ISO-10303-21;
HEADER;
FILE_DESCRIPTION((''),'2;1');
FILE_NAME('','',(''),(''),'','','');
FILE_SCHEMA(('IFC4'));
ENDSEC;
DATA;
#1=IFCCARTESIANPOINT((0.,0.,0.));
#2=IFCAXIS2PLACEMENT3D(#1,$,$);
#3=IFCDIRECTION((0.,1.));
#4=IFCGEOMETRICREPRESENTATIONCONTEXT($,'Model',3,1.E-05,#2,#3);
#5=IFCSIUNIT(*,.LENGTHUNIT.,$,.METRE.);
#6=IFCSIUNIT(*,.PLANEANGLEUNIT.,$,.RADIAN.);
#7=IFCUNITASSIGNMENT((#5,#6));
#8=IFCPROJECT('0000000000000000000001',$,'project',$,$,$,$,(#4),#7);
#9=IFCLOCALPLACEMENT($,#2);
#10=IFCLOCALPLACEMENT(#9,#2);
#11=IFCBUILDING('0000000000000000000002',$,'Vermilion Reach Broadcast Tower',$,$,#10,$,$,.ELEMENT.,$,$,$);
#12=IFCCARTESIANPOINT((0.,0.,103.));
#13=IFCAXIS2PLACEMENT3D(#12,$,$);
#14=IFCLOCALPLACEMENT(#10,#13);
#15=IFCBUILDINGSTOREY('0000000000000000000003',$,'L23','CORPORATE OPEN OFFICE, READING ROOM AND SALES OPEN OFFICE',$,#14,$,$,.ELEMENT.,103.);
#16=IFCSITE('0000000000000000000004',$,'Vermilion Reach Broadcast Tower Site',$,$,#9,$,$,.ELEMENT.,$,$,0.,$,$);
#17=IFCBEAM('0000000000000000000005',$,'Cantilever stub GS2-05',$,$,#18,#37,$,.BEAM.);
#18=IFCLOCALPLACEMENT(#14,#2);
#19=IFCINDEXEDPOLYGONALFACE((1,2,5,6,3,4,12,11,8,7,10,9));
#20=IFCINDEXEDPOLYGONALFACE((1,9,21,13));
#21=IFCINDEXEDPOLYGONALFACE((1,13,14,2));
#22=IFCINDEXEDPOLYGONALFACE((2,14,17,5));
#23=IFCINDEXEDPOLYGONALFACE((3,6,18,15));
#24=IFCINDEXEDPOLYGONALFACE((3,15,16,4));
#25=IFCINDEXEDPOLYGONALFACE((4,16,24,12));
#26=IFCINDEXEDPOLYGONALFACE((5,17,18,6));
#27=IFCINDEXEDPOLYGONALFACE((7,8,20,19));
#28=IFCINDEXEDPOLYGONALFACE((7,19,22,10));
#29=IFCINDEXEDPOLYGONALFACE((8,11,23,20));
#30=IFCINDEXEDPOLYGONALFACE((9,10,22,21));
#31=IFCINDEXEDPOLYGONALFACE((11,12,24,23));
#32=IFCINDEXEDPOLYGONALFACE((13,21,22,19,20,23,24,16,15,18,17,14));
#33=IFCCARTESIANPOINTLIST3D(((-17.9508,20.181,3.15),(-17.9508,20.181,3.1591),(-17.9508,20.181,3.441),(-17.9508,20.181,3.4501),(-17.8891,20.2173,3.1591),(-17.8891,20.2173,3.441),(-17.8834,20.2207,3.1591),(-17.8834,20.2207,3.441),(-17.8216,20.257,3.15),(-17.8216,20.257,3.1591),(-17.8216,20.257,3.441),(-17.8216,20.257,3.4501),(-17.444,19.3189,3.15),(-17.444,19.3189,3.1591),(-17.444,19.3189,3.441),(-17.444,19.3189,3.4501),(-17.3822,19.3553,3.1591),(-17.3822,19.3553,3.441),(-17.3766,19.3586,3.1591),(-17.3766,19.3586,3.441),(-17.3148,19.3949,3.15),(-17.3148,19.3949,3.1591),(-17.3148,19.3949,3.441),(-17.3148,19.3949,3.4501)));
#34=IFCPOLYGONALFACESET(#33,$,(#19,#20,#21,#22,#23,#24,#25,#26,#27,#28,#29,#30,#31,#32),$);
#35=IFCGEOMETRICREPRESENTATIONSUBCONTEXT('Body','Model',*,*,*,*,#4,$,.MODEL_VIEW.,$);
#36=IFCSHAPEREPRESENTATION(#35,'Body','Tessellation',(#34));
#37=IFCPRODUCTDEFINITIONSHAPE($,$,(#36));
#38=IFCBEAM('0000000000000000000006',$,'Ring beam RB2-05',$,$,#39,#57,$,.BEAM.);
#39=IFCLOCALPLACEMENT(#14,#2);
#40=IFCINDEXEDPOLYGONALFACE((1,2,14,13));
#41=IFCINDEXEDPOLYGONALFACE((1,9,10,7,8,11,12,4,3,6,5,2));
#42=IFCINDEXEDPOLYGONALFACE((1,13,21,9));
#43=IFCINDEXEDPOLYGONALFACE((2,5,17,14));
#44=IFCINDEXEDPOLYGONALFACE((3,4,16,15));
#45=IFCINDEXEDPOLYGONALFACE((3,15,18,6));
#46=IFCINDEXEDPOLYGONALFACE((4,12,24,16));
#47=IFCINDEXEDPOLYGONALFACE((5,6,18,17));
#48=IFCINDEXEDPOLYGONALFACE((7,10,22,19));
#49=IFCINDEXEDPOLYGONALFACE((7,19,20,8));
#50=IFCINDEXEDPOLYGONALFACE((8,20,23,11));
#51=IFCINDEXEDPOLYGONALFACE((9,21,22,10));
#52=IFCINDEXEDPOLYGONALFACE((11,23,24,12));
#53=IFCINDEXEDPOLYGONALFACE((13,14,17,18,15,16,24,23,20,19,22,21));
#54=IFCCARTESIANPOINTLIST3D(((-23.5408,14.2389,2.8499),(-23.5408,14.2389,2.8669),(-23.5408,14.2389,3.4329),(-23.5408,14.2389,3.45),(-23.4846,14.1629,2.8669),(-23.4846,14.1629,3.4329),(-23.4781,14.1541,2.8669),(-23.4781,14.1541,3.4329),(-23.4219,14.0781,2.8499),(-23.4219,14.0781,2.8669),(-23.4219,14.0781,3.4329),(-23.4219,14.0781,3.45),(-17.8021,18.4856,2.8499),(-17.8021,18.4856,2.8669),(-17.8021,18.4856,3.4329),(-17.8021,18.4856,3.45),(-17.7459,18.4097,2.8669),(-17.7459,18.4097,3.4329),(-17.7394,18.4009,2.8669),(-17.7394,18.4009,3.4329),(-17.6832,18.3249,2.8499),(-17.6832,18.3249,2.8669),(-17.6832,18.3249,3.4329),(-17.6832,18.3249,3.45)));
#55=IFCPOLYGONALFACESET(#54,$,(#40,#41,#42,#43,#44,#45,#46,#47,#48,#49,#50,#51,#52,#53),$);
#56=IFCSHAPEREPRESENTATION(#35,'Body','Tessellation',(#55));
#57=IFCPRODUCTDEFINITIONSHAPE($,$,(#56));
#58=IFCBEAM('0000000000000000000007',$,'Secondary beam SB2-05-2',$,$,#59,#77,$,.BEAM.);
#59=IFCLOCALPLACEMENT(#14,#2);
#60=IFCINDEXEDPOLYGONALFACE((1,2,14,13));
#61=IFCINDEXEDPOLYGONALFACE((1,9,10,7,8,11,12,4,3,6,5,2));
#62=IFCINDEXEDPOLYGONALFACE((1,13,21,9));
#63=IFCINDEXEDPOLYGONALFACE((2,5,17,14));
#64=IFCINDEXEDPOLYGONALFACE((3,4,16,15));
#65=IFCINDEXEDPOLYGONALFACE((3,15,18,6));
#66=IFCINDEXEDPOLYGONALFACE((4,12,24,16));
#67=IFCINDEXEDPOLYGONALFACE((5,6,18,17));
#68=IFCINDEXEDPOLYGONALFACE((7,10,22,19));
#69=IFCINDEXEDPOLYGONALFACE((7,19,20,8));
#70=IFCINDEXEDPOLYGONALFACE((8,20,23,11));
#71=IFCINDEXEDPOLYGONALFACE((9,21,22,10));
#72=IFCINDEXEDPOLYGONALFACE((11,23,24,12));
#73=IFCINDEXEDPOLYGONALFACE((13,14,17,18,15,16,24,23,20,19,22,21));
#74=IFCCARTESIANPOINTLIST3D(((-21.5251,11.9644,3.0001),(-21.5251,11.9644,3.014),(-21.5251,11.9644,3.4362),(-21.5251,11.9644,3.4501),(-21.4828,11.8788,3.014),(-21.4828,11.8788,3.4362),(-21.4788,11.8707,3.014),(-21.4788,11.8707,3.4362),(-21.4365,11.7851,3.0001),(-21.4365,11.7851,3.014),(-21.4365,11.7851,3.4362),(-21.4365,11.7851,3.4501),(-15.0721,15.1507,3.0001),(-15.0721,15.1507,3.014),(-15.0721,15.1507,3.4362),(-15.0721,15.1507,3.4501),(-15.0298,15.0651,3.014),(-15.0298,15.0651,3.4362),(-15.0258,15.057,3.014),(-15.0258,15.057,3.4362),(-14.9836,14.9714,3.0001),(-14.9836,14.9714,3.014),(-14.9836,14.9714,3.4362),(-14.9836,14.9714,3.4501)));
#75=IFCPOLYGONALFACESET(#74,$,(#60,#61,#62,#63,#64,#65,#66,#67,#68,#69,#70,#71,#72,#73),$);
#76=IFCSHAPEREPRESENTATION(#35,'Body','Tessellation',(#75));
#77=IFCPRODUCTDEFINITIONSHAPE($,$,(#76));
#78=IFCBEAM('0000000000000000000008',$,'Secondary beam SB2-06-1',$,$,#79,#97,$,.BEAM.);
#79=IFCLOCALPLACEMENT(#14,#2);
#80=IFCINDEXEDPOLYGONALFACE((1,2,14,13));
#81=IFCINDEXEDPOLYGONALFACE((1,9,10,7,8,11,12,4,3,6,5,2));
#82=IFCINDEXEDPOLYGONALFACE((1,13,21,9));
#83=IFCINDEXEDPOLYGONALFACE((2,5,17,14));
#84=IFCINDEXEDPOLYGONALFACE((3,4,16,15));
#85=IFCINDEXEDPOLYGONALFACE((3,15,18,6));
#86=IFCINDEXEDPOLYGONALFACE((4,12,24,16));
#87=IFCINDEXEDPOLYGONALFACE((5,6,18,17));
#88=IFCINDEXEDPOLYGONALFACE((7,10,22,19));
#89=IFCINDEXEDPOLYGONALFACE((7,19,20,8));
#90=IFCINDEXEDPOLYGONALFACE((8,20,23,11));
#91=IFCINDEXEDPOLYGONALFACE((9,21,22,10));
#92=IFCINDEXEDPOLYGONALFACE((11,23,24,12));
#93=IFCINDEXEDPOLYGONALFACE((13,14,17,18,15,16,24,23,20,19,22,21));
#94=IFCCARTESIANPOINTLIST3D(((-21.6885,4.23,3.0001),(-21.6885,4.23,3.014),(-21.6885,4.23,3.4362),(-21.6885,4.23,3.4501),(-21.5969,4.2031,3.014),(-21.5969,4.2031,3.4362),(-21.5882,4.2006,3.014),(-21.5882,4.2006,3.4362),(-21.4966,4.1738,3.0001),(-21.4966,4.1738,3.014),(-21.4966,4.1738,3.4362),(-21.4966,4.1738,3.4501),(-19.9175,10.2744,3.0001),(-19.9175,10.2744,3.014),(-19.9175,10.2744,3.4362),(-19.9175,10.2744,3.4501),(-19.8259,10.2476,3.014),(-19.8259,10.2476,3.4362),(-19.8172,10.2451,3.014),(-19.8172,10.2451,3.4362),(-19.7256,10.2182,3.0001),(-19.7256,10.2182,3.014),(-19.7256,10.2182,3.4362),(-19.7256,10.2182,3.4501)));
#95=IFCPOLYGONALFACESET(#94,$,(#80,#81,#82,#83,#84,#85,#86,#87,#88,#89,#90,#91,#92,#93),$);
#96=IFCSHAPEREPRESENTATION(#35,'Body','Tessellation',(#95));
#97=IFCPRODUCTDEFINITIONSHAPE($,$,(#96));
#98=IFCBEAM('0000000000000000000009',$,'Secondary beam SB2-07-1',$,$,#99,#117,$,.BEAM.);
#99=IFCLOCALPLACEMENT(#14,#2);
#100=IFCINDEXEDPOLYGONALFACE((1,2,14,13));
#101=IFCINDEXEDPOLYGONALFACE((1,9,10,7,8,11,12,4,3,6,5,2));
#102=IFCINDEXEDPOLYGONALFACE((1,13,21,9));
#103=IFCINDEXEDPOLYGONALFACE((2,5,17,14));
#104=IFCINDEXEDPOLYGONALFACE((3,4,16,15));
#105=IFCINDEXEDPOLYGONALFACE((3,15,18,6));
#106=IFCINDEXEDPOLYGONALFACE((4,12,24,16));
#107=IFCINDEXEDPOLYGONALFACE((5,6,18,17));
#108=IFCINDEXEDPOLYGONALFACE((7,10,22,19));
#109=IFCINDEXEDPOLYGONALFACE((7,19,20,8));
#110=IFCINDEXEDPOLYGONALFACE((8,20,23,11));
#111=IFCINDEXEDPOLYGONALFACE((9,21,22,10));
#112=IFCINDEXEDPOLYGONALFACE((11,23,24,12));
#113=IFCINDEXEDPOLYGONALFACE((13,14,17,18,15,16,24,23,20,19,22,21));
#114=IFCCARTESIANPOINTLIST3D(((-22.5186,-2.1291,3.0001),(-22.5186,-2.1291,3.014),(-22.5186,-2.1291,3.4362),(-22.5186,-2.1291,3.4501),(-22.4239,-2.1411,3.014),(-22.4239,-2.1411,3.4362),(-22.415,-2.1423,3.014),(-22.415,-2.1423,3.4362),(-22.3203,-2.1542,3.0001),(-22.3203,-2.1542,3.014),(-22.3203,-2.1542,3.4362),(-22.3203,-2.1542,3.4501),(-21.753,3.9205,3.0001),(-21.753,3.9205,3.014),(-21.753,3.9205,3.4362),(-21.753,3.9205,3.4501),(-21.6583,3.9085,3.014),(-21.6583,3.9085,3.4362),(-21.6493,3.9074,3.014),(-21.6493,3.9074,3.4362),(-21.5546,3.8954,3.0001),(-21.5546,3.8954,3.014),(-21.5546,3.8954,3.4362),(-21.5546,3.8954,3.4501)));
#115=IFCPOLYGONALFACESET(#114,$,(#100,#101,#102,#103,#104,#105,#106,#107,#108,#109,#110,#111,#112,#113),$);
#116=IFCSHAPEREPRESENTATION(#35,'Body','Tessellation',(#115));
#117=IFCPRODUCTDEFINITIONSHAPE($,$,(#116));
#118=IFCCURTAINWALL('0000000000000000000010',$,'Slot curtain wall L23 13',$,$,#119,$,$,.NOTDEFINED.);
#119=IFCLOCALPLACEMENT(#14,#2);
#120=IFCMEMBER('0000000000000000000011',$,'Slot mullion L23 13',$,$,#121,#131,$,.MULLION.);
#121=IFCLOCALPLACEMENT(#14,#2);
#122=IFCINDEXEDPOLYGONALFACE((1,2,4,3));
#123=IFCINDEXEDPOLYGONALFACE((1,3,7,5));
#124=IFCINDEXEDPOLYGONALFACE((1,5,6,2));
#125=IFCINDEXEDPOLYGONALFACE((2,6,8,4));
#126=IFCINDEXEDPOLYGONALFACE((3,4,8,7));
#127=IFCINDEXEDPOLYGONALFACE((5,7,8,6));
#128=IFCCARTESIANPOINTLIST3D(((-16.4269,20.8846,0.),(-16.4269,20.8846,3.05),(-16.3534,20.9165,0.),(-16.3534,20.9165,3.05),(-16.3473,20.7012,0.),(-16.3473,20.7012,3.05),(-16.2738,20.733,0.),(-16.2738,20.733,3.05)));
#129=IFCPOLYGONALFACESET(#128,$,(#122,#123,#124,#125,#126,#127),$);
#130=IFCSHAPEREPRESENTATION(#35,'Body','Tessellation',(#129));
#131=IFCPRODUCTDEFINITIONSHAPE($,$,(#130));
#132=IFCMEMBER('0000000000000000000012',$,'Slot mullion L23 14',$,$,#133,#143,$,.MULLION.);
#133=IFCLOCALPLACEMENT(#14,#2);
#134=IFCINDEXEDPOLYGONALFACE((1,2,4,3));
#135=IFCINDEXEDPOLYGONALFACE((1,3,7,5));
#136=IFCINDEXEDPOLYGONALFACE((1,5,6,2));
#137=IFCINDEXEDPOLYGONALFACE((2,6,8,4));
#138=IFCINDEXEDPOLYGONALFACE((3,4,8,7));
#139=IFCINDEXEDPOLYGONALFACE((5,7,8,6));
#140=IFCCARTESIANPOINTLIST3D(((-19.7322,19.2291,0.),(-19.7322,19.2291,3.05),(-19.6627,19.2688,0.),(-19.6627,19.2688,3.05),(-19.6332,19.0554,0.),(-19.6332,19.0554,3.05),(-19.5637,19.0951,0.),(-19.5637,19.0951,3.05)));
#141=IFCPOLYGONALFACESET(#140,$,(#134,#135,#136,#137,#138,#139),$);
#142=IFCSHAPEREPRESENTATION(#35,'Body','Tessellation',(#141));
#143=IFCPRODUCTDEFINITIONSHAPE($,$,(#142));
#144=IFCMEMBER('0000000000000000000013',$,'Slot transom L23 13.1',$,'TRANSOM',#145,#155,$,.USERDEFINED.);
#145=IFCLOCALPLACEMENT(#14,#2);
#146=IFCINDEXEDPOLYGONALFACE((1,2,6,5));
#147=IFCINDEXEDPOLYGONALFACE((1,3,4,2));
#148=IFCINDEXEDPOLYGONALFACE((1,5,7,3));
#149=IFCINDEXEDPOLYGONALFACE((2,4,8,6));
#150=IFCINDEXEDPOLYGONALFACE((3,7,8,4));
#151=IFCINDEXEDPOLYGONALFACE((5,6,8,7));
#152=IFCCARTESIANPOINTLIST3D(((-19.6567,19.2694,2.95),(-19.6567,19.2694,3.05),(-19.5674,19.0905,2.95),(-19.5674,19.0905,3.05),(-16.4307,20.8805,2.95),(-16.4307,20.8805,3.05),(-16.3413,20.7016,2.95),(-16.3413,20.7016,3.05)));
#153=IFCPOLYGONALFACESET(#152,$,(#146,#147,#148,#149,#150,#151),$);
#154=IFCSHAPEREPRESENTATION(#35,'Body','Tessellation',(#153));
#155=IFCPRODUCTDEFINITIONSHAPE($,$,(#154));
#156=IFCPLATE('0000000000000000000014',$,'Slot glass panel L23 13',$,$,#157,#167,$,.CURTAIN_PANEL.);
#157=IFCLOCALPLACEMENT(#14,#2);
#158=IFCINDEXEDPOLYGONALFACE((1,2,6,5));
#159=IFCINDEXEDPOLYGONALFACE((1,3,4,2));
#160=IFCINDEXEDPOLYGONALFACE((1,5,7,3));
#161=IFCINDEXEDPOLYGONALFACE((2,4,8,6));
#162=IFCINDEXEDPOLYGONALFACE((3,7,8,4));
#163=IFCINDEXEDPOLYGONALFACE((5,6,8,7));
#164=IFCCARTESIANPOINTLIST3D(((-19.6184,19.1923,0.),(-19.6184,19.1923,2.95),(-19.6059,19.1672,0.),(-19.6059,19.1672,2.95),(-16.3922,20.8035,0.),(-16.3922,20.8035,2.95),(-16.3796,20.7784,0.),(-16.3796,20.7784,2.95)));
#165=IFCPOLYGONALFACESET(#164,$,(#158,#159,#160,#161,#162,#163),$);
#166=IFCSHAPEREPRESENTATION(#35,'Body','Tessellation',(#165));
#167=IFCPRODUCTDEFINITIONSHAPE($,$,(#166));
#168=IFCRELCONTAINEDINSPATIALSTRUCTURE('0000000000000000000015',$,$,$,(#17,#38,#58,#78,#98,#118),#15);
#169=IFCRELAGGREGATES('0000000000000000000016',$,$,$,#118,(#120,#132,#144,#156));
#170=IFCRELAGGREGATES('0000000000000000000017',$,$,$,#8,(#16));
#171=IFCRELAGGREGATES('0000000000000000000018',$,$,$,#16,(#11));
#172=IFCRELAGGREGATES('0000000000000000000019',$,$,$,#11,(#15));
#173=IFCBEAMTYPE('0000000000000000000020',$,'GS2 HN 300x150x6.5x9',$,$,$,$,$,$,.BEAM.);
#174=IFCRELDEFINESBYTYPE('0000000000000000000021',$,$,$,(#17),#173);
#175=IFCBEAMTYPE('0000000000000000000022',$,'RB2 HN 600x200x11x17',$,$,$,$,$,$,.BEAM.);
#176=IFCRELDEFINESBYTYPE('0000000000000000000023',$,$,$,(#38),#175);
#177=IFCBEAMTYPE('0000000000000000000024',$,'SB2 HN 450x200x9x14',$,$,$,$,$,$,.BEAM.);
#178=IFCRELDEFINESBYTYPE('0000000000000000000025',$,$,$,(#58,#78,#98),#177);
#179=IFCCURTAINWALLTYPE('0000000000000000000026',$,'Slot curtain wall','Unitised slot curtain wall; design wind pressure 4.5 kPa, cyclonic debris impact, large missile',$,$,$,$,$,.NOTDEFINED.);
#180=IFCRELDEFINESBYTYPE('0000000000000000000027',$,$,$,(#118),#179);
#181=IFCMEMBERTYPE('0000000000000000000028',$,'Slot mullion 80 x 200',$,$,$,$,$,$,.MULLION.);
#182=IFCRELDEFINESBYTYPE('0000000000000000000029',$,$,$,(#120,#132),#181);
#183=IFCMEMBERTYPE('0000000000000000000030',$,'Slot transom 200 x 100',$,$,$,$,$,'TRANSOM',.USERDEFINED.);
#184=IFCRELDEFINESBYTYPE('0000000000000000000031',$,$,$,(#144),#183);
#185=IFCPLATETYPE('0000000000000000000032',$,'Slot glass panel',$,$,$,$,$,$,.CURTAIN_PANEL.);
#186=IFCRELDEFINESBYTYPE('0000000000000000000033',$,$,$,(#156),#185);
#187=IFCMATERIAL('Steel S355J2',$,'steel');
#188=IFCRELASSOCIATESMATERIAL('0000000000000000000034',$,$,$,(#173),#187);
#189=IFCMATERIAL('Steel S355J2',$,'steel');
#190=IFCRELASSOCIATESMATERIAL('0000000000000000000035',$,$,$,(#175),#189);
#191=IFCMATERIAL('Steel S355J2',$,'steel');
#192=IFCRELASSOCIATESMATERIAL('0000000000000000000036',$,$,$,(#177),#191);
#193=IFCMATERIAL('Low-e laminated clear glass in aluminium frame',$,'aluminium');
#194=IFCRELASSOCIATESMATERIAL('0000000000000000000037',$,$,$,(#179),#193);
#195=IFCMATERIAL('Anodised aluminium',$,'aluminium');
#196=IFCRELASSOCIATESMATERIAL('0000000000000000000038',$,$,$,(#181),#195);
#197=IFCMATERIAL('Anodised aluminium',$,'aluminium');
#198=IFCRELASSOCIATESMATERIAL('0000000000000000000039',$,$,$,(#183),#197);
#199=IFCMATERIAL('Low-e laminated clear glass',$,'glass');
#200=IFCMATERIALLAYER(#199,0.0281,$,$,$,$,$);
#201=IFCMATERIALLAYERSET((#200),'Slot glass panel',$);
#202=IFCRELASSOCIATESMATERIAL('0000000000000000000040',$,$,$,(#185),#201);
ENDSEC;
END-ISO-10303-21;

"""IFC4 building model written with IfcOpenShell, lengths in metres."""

from ifc_helpers import new_model, si_unit, direction, frame, origin, origin_2d, place, context, subcontext, project, spatial, rectangle, i_section, extrude, material, layer, layer_set, material_profile, profile_set, type_object, element, aggregate, save


model = new_model("IFC4")

# Units and contexts
model_context = context("Model", 3, precision=1e-05, world=origin(), true_north=direction((0.0, 1.0)))
body_context = subcontext(model_context, "Body", "Model", "MODEL_VIEW")
ifc_project = project(units=[si_unit("LENGTHUNIT", "METRE"), si_unit("PLANEANGLEUNIT", "RADIAN")], contexts=[model_context])

# Site, building, storey
site_placement = place(None, origin())
site = spatial("IfcSite", under=ifc_project, at=site_placement, Name="Vermilion Reach Broadcast Tower Site", CompositionType="ELEMENT", RefElevation=0.0)
building_placement = place(site_placement, origin())
building = spatial("IfcBuilding", under=site, at=building_placement, Name="Vermilion Reach Broadcast Tower", CompositionType="ELEMENT")
storey_placement = place(building_placement, frame((0.0, 0.0, 103.0)))
storey = spatial("IfcBuildingStorey", under=building, at=storey_placement, Name="L23", Description="CORPORATE OPEN OFFICE, READING ROOM AND SALES OPEN OFFICE", CompositionType="ELEMENT", Elevation=103.0)

# Beams
ifc_material_1 = material(Name="Steel S355J2", Category="steel")
ifc_material_profile_1 = material_profile(ifc_material_1, i_section(OverallWidth=0.1499, OverallDepth=0.3, WebThickness=0.0066, FlangeThickness=0.009, at=origin_2d()), Name="S355J2 HN 300x150x6.5x9")
ifc_profile_set_1 = profile_set([ifc_material_profile_1], Name="Steel S355J2")
beam_type_1 = type_object("IfcBeamType", Name="GS2 HN 300x150x6.5x9", PredefinedType="BEAM", material=ifc_profile_set_1)
beam_1_placement = place(storey_placement, frame((-17.3794, 19.3569, 3.3), z_axis=(-0.506828, 0.862047, 0.0), x_axis=(-0.862047, -0.506828, 0.0)))
element("IfcBeam", 1, at=beam_1_placement, inside=storey, type_object=beam_type_1, Name="Cantilever stub GS2-05", PredefinedType="BEAM", context=body_context, shape_type="SweptSolid", body=[
    extrude(i_section(OverallWidth=0.1499, OverallDepth=0.3, WebThickness=0.0066, FlangeThickness=0.009, at=origin_2d()), origin(), (0.0, 0.0, 1.0), 1.0),
])
ifc_material_2 = material(Name="Steel S355J2", Category="steel")
ifc_material_profile_2 = material_profile(ifc_material_2, i_section(OverallWidth=0.2, OverallDepth=0.6001, WebThickness=0.011, FlangeThickness=0.0171, at=origin_2d()), Name="S355J2 HN 600x200x11x17")
ifc_profile_set_2 = profile_set([ifc_material_profile_2], Name="Steel S355J2")
beam_type_2 = type_object("IfcBeamType", Name="RB2 HN 600x200x11x17", PredefinedType="BEAM", material=ifc_profile_set_2)
beam_2_placement = place(storey_placement, frame((-17.7427, 18.4053, 3.1499), z_axis=(-0.803833, -0.594855, 0.0), x_axis=(0.594855, -0.803833, 0.0)))
element("IfcBeam", 2, at=beam_2_placement, inside=storey, type_object=beam_type_2, Name="Ring beam RB2-05", PredefinedType="BEAM", context=body_context, shape_type="SweptSolid", body=[
    extrude(i_section(OverallWidth=0.2, OverallDepth=0.6001, WebThickness=0.011, FlangeThickness=0.0171, at=origin_2d()), origin(), (0.0, 0.0, 1.0), 7.1392),
])
ifc_material_3 = material(Name="Steel S355J2", Category="steel")
ifc_material_profile_3 = material_profile(ifc_material_3, i_section(OverallWidth=0.2, OverallDepth=0.45, WebThickness=0.009, FlangeThickness=0.0139, at=origin_2d()), Name="S355J2 HN 450x200x9x14")
ifc_profile_set_3 = profile_set([ifc_material_profile_3], Name="Steel S355J2")
beam_type_3 = type_object("IfcBeamType", Name="SB2 HN 450x200x9x14", PredefinedType="BEAM", material=ifc_profile_set_3)
beam_3_placement = place(storey_placement, frame((-15.0278, 15.061, 3.2251), z_axis=(-0.896648, -0.442744, 0.0), x_axis=(0.442744, -0.896648, 0.0)))
element("IfcBeam", 3, at=beam_3_placement, inside=storey, type_object=beam_type_3, Name="Secondary beam SB2-05-2", PredefinedType="BEAM", context=body_context, shape_type="SweptSolid", body=[
    extrude(i_section(OverallWidth=0.2, OverallDepth=0.45, WebThickness=0.009, FlangeThickness=0.0139, at=origin_2d()), origin(), (0.0, 0.0, 1.0), 7.1968),
])
beam_4_placement = place(storey_placement, frame((-19.8215, 10.2463, 3.2251), z_axis=(-0.281176, -0.959656, 0.0), x_axis=(0.959656, -0.281176, 0.0)))
element("IfcBeam", 4, at=beam_4_placement, inside=storey, type_object=beam_type_3, Name="Secondary beam SB2-06-1", PredefinedType="BEAM", context=body_context, shape_type="SweptSolid", body=[
    extrude(i_section(OverallWidth=0.2, OverallDepth=0.45, WebThickness=0.009, FlangeThickness=0.0139, at=origin_2d()), origin(), (0.0, 0.0, 1.0), 6.2986),
])
beam_5_placement = place(storey_placement, frame((-21.6538, 3.908, 3.2251), z_axis=(-0.125557, -0.992086, 0.0), x_axis=(0.992086, -0.125557, 0.0)))
element("IfcBeam", 5, at=beam_5_placement, inside=storey, type_object=beam_type_3, Name="Secondary beam SB2-07-1", PredefinedType="BEAM", context=body_context, shape_type="SweptSolid", body=[
    extrude(i_section(OverallWidth=0.2, OverallDepth=0.45, WebThickness=0.009, FlangeThickness=0.0139, at=origin_2d()), origin(), (0.0, 0.0, 1.0), 6.0979),
])

# Curtain wall, members, plate
ifc_material_4 = material(Name="Low-e laminated clear glass in aluminium frame", Category="aluminium")
curtain_wall_type = type_object("IfcCurtainWallType", Name="Slot curtain wall", Description="Unitised slot curtain wall; design wind pressure 4.5 kPa, cyclonic debris impact, large missile", PredefinedType="NOTDEFINED", material=ifc_material_4)
curtain_wall_placement = place(storey_placement, origin())
curtain_wall = element("IfcCurtainWall", 6, at=curtain_wall_placement, inside=storey, type_object=curtain_wall_type, Name="Slot curtain wall L23 13", PredefinedType="NOTDEFINED")
ifc_material_5 = material(Name="Anodised aluminium", Category="aluminium")
ifc_material_profile_4 = material_profile(ifc_material_5, rectangle(XDim=0.2, YDim=0.0801, at=origin_2d()), Name="Slot mullion 80 x 200")
ifc_profile_set_4 = profile_set([ifc_material_profile_4], Name="Anodised aluminium")
member_type_1 = type_object("IfcMemberType", Name="Slot mullion 80 x 200", PredefinedType="MULLION", material=ifc_profile_set_4)
member_1_placement = place(storey_placement, frame((-16.3503, 20.8088, 0.0), z_axis=(0.0, 0.0, 1.0), x_axis=(0.397883, -0.917436, 0.0)))
member_1 = element("IfcMember", 7, at=member_1_placement, type_object=member_type_1, Name="Slot mullion L23 13", PredefinedType="MULLION", context=body_context, shape_type="SweptSolid", body=[
    extrude(rectangle(XDim=0.2, YDim=0.0801, at=origin_2d()), origin(), (0.0, 0.0, 1.0), 3.05),
])
member_2_placement = place(storey_placement, frame((-19.6479, 19.1621, 0.0), z_axis=(0.0, 0.0, 1.0), x_axis=(0.495171, -0.868796, 0.0)))
member_2 = element("IfcMember", 8, at=member_2_placement, type_object=member_type_1, Name="Slot mullion L23 14", PredefinedType="MULLION", context=body_context, shape_type="SweptSolid", body=[
    extrude(rectangle(XDim=0.2, YDim=0.0801, at=origin_2d()), origin(), (0.0, 0.0, 1.0), 3.05),
])
ifc_material_6 = material(Name="Anodised aluminium", Category="aluminium")
ifc_material_profile_5 = material_profile(ifc_material_6, rectangle(XDim=0.2, YDim=0.1001, at=origin_2d()), Name="Slot transom 200 x 100")
ifc_profile_set_5 = profile_set([ifc_material_profile_5], Name="Anodised aluminium")
member_type_2 = type_object("IfcMemberType", Name="Slot transom 200 x 100", ElementType="TRANSOM", PredefinedType="USERDEFINED", material=ifc_profile_set_5)
member_3_placement = place(storey_placement, frame((-16.386, 20.791, 3.0), z_axis=(-0.894644, -0.44678, 0.0), x_axis=(0.44678, -0.894644, 0.0)))
member_3 = element("IfcMember", 9, at=member_3_placement, type_object=member_type_2, Name="Slot transom L23 13.1", ObjectType="TRANSOM", PredefinedType="USERDEFINED", context=body_context, shape_type="SweptSolid", body=[
    extrude(rectangle(XDim=0.2, YDim=0.1001, at=origin_2d()), origin(), (0.0, 0.0, 1.0), 3.606),
])
ifc_material_7 = material(Name="Low-e laminated clear glass", Category="glass")
ifc_layer_1 = layer(ifc_material_7, 0.0281)
ifc_layer_set_1 = layer_set([ifc_layer_1], Name="Slot glass panel")
plate_type = type_object("IfcPlateType", Name="Slot glass panel", PredefinedType="CURTAIN_PANEL", material=ifc_layer_set_1)
plate_placement = place(storey_placement, frame((-17.999, 19.9854, 0.0), z_axis=(0.0, 0.0, 1.0), x_axis=(-0.894642, -0.446784, 0.0)))
plate = element("IfcPlate", 10, at=plate_placement, type_object=plate_type, Name="Slot glass panel L23 13", PredefinedType="CURTAIN_PANEL", context=body_context, shape_type="SweptSolid", body=[
    extrude(rectangle(XDim=3.6062, YDim=0.0281, at=origin_2d()), origin(), (0.0, 0.0, 1.0), 2.95),
])
aggregate(curtain_wall, [member_1, member_2, member_3, plate])

save(model, "model.ifc")
